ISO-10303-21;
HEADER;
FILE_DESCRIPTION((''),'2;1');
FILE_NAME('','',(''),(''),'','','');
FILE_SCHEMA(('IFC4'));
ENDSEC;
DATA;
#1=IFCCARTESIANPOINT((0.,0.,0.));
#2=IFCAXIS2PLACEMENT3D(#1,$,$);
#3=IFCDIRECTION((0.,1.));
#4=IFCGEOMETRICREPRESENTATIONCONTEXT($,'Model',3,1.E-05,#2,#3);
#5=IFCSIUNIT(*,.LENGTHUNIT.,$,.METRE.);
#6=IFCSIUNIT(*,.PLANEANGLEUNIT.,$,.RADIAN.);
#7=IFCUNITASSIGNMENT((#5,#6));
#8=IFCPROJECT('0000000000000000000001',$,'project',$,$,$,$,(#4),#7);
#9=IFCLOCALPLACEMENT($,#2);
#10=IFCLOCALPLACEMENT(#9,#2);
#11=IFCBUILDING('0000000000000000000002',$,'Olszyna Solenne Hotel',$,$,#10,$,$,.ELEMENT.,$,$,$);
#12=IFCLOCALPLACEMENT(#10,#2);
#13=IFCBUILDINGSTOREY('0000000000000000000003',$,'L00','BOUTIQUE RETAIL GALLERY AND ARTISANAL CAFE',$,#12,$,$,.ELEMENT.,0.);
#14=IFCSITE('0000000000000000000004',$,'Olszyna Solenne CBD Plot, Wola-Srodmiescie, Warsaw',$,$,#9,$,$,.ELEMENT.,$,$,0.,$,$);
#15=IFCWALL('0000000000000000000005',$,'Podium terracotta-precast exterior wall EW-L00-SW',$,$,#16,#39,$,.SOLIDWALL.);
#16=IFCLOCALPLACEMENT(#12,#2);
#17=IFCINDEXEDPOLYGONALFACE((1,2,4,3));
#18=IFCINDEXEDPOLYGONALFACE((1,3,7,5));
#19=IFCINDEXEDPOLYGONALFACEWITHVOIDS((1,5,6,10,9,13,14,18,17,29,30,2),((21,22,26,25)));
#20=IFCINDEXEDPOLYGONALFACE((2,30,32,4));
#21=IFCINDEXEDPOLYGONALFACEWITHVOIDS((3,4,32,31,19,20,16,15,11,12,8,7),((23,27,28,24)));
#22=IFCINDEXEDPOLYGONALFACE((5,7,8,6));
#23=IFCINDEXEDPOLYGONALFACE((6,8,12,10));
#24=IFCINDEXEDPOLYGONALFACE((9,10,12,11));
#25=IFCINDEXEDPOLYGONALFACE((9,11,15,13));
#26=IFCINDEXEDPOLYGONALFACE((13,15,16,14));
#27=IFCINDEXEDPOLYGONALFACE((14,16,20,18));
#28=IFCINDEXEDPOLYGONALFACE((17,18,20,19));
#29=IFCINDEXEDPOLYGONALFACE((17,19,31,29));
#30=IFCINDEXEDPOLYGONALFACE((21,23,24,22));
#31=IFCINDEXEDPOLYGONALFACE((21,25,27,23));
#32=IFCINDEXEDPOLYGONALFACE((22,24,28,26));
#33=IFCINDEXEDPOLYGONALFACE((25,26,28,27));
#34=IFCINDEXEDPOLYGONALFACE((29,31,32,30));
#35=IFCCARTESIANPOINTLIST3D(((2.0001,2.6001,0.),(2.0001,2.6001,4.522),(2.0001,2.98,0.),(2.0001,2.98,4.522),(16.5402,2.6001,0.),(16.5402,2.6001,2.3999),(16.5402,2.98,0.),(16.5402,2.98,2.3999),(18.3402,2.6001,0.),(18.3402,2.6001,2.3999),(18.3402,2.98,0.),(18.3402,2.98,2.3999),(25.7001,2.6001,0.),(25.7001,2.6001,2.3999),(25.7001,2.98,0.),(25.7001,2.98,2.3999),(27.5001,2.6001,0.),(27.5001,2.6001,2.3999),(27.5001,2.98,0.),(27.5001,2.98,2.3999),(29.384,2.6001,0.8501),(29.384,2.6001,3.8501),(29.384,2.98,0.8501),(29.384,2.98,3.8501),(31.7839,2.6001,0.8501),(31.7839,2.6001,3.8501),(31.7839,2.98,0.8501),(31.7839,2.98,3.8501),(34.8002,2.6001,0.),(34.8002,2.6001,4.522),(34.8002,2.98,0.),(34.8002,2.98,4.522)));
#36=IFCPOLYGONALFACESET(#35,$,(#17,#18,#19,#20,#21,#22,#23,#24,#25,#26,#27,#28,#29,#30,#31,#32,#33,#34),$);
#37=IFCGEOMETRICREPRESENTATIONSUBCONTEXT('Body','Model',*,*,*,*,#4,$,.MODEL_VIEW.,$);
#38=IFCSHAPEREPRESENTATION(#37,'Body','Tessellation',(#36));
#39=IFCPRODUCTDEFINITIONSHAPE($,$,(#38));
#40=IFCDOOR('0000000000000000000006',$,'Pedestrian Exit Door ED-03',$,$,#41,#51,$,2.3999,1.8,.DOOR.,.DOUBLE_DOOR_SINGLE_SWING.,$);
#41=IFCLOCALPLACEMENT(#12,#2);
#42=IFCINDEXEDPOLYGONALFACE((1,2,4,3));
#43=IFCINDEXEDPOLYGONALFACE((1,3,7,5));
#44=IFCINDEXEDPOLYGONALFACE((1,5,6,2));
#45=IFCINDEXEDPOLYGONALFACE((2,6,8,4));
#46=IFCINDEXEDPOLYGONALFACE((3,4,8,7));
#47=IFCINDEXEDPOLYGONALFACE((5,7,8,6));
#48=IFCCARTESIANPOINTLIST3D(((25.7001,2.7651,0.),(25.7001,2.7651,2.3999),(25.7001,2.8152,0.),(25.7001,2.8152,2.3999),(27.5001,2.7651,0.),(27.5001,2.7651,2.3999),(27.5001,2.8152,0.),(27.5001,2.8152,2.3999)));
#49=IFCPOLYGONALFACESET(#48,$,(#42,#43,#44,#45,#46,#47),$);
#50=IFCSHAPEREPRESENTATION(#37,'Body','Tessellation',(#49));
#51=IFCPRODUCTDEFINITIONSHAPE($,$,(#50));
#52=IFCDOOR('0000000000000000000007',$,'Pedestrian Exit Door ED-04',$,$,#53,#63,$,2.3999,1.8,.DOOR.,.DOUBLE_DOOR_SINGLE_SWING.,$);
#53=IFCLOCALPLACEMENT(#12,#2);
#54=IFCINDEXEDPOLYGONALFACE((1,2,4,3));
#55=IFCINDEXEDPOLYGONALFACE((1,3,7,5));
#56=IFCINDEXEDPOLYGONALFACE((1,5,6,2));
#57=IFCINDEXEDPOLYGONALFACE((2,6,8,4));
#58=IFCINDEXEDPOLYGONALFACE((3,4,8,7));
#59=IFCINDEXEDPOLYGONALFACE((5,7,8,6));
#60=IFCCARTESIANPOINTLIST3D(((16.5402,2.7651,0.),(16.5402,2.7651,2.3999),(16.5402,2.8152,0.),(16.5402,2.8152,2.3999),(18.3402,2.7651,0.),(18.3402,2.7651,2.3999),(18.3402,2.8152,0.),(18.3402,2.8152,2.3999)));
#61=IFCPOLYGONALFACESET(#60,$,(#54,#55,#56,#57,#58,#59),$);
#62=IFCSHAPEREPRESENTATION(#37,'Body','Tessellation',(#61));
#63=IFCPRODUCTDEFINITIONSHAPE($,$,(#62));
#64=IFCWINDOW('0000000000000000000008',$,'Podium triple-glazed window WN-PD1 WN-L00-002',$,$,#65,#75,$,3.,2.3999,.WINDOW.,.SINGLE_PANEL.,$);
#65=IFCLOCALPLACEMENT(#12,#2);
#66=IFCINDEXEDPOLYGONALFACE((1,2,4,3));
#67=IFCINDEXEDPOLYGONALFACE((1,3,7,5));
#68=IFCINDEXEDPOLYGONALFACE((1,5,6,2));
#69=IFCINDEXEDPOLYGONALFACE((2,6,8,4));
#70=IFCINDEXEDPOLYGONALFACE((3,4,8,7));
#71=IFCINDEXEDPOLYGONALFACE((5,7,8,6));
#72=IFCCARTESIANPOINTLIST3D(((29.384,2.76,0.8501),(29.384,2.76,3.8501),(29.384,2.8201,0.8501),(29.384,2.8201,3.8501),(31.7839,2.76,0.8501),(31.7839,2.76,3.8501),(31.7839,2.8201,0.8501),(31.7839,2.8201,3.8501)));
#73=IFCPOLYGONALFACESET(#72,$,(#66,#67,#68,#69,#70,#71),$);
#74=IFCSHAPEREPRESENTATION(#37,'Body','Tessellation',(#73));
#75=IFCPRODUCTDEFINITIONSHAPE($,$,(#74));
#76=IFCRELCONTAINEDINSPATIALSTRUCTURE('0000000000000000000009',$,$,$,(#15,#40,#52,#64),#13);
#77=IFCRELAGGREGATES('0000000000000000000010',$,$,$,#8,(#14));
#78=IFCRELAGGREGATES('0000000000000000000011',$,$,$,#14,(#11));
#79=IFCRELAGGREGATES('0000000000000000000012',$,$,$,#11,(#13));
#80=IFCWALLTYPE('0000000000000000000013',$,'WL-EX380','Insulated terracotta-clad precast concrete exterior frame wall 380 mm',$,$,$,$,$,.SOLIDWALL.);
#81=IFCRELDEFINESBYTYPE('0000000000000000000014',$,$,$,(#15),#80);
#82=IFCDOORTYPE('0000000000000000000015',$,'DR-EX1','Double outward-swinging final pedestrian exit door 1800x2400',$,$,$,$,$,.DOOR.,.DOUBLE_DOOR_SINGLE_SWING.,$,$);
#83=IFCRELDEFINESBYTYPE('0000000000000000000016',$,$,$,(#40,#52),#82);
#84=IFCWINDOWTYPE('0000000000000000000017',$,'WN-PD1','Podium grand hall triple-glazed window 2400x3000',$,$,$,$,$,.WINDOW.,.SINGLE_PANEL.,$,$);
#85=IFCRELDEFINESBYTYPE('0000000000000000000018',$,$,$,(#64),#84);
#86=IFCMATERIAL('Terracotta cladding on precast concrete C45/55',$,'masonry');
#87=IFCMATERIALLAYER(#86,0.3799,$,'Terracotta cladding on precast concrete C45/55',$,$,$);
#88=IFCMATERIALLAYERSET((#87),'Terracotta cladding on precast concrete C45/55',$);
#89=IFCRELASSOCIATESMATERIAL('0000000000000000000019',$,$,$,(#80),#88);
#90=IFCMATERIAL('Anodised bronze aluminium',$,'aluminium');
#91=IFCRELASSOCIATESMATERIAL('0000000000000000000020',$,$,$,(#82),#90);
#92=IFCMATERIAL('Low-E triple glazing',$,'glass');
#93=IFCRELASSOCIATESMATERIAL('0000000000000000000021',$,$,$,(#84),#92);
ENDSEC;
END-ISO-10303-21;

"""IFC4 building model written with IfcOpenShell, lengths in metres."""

from ifc_helpers import new_model, si_unit, direction, frame, frame_2d, origin, place, context, subcontext, project, spatial, rectangle, extrude, source, transform, mapped, material, layer, layer_set, type_object, type_shapes, element, fill, save


model = new_model("IFC4")

# Units and contexts
model_context = context("Model", 3, precision=1e-05, world=origin(), true_north=direction((0.0, 1.0)))
body_context = subcontext(model_context, "Body", "Model", "MODEL_VIEW")
ifc_project = project(units=[si_unit("LENGTHUNIT", "METRE"), si_unit("PLANEANGLEUNIT", "RADIAN")], contexts=[model_context])

# Site, building, storey
site_placement = place(None, origin())
site = spatial("IfcSite", under=ifc_project, at=site_placement, Name="Olszyna Solenne CBD Plot, Wola-Srodmiescie, Warsaw", CompositionType="ELEMENT", RefElevation=0.0)
building_placement = place(site_placement, origin())
building = spatial("IfcBuilding", under=site, at=building_placement, Name="Olszyna Solenne Hotel", CompositionType="ELEMENT")
storey_placement = place(building_placement, origin())
storey = spatial("IfcBuildingStorey", under=building, at=storey_placement, Name="L00", Description="BOUTIQUE RETAIL GALLERY AND ARTISANAL CAFE", CompositionType="ELEMENT", Elevation=0.0)

# Shared definitions
ifc_material_1 = material(Name="Anodised bronze aluminium", Category="aluminium")

# Shared definitions
ifc_material_2 = material(Name="Low-E triple glazing", Category="glass")

# Wall, openings, doors, window
ifc_material_3 = material(Name="Terracotta cladding on precast concrete C45/55", Category="masonry")
ifc_layer = layer(ifc_material_3, 0.3799, Name="Terracotta cladding on precast concrete C45/55")
ifc_layer_set = layer_set([ifc_layer], Name="Terracotta cladding on precast concrete C45/55")
wall_type = type_object("IfcWallType", Name="WL-EX380", Description="Insulated terracotta-clad precast concrete exterior frame wall 380 mm", PredefinedType="SOLIDWALL", material=ifc_layer_set)
wall_placement = place(storey_placement, frame((34.8, 2.79, 0.0), z_axis=(0.0, 0.0, 1.0), x_axis=(-1.0, 0.0, 0.0)))
wall = element("IfcWall", 1, at=wall_placement, inside=storey, type_object=wall_type, Name="Podium terracotta-precast exterior wall EW-L00-SW", PredefinedType="SOLIDWALL", context=body_context, shape_type="SweptSolid", body=[
    extrude(rectangle(XDim=32.8, YDim=0.3799, at=frame_2d((16.3999, 0.0))), origin(), (0.0, 0.0, 1.0), 4.522),
])
opening_1_placement = place(wall_placement, frame((7.3, 0.0, 0.0)))
opening_1 = element("IfcOpeningElement", 2, at=opening_1_placement, cuts=wall, PredefinedType="OPENING", context=body_context, shape_type="SweptSolid", body=[
    extrude(rectangle(XDim=1.8, YDim=2.3999, at=frame_2d((0.8999, 1.2))), frame((0.0, 0.2, 0.0), z_axis=(0.0, -1.0, 0.0), x_axis=(1.0, 0.0, 0.0)), (0.0, 0.0, 1.0), 0.3999),
])
opening_2_placement = place(wall_placement, frame((16.46, 0.0, 0.0)))
opening_2 = element("IfcOpeningElement", 3, at=opening_2_placement, cuts=wall, PredefinedType="OPENING", context=body_context, shape_type="SweptSolid", body=[
    extrude(rectangle(XDim=1.8, YDim=2.3999, at=frame_2d((0.8999, 1.2))), frame((0.0, 0.2, 0.0), z_axis=(0.0, -1.0, 0.0), x_axis=(1.0, 0.0, 0.0)), (0.0, 0.0, 1.0), 0.3999),
])
opening_3_placement = place(wall_placement, frame((3.0161, 0.0, 0.8501)))
opening_3 = element("IfcOpeningElement", 4, at=opening_3_placement, cuts=wall, PredefinedType="OPENING", context=body_context, shape_type="SweptSolid", body=[
    extrude(rectangle(XDim=2.3999, YDim=3.0, at=frame_2d((1.2, 1.5))), frame((0.0, 0.2, 0.0), z_axis=(0.0, -1.0, 0.0), x_axis=(1.0, 0.0, 0.0)), (0.0, 0.0, 1.0), 0.3999),
])
door_type = type_object("IfcDoorType", Name="DR-EX1", Description="Double outward-swinging final pedestrian exit door 1800x2400", OperationType="DOUBLE_DOOR_SINGLE_SWING", PredefinedType="DOOR", material=ifc_material_1)
shared_shape_1 = source(origin(), body_context, "Body", "SweptSolid", [
    extrude(rectangle(XDim=1.8, YDim=2.3999, at=frame_2d((0.8999, 1.2))), frame((0.0, 0.0249, 0.0), z_axis=(0.0, -1.0, 0.0), x_axis=(1.0, 0.0, 0.0)), (0.0, 0.0, 1.0), 0.05),
])
type_shapes(door_type, [shared_shape_1])
door_1_placement = place(opening_1_placement, origin())
door_1 = element("IfcDoor", 5, at=door_1_placement, inside=storey, type_object=door_type, Name="Pedestrian Exit Door ED-03", OperationType="DOUBLE_DOOR_SINGLE_SWING", OverallHeight=2.3999, OverallWidth=1.8, PredefinedType="DOOR", context=body_context, shape_type="MappedRepresentation", body=[
    mapped(shared_shape_1, transform((0.0, 0.0, 0.0), x_axis=(1.0, 0.0, 0.0), y_axis=(0.0, 1.0, 0.0), z_axis=(0.0, 0.0, 1.0), scale=1.0)),
])
fill(opening_1, door_1)
door_2_placement = place(opening_2_placement, origin())
door_2 = element("IfcDoor", 6, at=door_2_placement, inside=storey, type_object=door_type, Name="Pedestrian Exit Door ED-04", OperationType="DOUBLE_DOOR_SINGLE_SWING", OverallHeight=2.3999, OverallWidth=1.8, PredefinedType="DOOR", context=body_context, shape_type="MappedRepresentation", body=[
    mapped(shared_shape_1, transform((0.0, 0.0, 0.0), x_axis=(1.0, 0.0, 0.0), y_axis=(0.0, 1.0, 0.0), z_axis=(0.0, 0.0, 1.0), scale=1.0)),
])
fill(opening_2, door_2)
window_type = type_object("IfcWindowType", Name="WN-PD1", Description="Podium grand hall triple-glazed window 2400x3000", PartitioningType="SINGLE_PANEL", PredefinedType="WINDOW", material=ifc_material_2)
shared_shape_2 = source(origin(), body_context, "Body", "SweptSolid", [
    extrude(rectangle(XDim=2.3999, YDim=3.0, at=frame_2d((1.2, 1.5))), frame((0.0, 0.03, 0.0), z_axis=(0.0, -1.0, 0.0), x_axis=(1.0, 0.0, 0.0)), (0.0, 0.0, 1.0), 0.0601),
])
type_shapes(window_type, [shared_shape_2])
window_placement = place(opening_3_placement, origin())
window = element("IfcWindow", 7, at=window_placement, inside=storey, type_object=window_type, Name="Podium triple-glazed window WN-PD1 WN-L00-002", OverallHeight=3.0, OverallWidth=2.3999, PartitioningType="SINGLE_PANEL", PredefinedType="WINDOW", context=body_context, shape_type="MappedRepresentation", body=[
    mapped(shared_shape_2, transform((0.0, 0.0, 0.0), x_axis=(1.0, 0.0, 0.0), y_axis=(0.0, 1.0, 0.0), z_axis=(0.0, 0.0, 1.0), scale=1.0)),
])
fill(opening_3, window)

save(model, "model.ifc")
